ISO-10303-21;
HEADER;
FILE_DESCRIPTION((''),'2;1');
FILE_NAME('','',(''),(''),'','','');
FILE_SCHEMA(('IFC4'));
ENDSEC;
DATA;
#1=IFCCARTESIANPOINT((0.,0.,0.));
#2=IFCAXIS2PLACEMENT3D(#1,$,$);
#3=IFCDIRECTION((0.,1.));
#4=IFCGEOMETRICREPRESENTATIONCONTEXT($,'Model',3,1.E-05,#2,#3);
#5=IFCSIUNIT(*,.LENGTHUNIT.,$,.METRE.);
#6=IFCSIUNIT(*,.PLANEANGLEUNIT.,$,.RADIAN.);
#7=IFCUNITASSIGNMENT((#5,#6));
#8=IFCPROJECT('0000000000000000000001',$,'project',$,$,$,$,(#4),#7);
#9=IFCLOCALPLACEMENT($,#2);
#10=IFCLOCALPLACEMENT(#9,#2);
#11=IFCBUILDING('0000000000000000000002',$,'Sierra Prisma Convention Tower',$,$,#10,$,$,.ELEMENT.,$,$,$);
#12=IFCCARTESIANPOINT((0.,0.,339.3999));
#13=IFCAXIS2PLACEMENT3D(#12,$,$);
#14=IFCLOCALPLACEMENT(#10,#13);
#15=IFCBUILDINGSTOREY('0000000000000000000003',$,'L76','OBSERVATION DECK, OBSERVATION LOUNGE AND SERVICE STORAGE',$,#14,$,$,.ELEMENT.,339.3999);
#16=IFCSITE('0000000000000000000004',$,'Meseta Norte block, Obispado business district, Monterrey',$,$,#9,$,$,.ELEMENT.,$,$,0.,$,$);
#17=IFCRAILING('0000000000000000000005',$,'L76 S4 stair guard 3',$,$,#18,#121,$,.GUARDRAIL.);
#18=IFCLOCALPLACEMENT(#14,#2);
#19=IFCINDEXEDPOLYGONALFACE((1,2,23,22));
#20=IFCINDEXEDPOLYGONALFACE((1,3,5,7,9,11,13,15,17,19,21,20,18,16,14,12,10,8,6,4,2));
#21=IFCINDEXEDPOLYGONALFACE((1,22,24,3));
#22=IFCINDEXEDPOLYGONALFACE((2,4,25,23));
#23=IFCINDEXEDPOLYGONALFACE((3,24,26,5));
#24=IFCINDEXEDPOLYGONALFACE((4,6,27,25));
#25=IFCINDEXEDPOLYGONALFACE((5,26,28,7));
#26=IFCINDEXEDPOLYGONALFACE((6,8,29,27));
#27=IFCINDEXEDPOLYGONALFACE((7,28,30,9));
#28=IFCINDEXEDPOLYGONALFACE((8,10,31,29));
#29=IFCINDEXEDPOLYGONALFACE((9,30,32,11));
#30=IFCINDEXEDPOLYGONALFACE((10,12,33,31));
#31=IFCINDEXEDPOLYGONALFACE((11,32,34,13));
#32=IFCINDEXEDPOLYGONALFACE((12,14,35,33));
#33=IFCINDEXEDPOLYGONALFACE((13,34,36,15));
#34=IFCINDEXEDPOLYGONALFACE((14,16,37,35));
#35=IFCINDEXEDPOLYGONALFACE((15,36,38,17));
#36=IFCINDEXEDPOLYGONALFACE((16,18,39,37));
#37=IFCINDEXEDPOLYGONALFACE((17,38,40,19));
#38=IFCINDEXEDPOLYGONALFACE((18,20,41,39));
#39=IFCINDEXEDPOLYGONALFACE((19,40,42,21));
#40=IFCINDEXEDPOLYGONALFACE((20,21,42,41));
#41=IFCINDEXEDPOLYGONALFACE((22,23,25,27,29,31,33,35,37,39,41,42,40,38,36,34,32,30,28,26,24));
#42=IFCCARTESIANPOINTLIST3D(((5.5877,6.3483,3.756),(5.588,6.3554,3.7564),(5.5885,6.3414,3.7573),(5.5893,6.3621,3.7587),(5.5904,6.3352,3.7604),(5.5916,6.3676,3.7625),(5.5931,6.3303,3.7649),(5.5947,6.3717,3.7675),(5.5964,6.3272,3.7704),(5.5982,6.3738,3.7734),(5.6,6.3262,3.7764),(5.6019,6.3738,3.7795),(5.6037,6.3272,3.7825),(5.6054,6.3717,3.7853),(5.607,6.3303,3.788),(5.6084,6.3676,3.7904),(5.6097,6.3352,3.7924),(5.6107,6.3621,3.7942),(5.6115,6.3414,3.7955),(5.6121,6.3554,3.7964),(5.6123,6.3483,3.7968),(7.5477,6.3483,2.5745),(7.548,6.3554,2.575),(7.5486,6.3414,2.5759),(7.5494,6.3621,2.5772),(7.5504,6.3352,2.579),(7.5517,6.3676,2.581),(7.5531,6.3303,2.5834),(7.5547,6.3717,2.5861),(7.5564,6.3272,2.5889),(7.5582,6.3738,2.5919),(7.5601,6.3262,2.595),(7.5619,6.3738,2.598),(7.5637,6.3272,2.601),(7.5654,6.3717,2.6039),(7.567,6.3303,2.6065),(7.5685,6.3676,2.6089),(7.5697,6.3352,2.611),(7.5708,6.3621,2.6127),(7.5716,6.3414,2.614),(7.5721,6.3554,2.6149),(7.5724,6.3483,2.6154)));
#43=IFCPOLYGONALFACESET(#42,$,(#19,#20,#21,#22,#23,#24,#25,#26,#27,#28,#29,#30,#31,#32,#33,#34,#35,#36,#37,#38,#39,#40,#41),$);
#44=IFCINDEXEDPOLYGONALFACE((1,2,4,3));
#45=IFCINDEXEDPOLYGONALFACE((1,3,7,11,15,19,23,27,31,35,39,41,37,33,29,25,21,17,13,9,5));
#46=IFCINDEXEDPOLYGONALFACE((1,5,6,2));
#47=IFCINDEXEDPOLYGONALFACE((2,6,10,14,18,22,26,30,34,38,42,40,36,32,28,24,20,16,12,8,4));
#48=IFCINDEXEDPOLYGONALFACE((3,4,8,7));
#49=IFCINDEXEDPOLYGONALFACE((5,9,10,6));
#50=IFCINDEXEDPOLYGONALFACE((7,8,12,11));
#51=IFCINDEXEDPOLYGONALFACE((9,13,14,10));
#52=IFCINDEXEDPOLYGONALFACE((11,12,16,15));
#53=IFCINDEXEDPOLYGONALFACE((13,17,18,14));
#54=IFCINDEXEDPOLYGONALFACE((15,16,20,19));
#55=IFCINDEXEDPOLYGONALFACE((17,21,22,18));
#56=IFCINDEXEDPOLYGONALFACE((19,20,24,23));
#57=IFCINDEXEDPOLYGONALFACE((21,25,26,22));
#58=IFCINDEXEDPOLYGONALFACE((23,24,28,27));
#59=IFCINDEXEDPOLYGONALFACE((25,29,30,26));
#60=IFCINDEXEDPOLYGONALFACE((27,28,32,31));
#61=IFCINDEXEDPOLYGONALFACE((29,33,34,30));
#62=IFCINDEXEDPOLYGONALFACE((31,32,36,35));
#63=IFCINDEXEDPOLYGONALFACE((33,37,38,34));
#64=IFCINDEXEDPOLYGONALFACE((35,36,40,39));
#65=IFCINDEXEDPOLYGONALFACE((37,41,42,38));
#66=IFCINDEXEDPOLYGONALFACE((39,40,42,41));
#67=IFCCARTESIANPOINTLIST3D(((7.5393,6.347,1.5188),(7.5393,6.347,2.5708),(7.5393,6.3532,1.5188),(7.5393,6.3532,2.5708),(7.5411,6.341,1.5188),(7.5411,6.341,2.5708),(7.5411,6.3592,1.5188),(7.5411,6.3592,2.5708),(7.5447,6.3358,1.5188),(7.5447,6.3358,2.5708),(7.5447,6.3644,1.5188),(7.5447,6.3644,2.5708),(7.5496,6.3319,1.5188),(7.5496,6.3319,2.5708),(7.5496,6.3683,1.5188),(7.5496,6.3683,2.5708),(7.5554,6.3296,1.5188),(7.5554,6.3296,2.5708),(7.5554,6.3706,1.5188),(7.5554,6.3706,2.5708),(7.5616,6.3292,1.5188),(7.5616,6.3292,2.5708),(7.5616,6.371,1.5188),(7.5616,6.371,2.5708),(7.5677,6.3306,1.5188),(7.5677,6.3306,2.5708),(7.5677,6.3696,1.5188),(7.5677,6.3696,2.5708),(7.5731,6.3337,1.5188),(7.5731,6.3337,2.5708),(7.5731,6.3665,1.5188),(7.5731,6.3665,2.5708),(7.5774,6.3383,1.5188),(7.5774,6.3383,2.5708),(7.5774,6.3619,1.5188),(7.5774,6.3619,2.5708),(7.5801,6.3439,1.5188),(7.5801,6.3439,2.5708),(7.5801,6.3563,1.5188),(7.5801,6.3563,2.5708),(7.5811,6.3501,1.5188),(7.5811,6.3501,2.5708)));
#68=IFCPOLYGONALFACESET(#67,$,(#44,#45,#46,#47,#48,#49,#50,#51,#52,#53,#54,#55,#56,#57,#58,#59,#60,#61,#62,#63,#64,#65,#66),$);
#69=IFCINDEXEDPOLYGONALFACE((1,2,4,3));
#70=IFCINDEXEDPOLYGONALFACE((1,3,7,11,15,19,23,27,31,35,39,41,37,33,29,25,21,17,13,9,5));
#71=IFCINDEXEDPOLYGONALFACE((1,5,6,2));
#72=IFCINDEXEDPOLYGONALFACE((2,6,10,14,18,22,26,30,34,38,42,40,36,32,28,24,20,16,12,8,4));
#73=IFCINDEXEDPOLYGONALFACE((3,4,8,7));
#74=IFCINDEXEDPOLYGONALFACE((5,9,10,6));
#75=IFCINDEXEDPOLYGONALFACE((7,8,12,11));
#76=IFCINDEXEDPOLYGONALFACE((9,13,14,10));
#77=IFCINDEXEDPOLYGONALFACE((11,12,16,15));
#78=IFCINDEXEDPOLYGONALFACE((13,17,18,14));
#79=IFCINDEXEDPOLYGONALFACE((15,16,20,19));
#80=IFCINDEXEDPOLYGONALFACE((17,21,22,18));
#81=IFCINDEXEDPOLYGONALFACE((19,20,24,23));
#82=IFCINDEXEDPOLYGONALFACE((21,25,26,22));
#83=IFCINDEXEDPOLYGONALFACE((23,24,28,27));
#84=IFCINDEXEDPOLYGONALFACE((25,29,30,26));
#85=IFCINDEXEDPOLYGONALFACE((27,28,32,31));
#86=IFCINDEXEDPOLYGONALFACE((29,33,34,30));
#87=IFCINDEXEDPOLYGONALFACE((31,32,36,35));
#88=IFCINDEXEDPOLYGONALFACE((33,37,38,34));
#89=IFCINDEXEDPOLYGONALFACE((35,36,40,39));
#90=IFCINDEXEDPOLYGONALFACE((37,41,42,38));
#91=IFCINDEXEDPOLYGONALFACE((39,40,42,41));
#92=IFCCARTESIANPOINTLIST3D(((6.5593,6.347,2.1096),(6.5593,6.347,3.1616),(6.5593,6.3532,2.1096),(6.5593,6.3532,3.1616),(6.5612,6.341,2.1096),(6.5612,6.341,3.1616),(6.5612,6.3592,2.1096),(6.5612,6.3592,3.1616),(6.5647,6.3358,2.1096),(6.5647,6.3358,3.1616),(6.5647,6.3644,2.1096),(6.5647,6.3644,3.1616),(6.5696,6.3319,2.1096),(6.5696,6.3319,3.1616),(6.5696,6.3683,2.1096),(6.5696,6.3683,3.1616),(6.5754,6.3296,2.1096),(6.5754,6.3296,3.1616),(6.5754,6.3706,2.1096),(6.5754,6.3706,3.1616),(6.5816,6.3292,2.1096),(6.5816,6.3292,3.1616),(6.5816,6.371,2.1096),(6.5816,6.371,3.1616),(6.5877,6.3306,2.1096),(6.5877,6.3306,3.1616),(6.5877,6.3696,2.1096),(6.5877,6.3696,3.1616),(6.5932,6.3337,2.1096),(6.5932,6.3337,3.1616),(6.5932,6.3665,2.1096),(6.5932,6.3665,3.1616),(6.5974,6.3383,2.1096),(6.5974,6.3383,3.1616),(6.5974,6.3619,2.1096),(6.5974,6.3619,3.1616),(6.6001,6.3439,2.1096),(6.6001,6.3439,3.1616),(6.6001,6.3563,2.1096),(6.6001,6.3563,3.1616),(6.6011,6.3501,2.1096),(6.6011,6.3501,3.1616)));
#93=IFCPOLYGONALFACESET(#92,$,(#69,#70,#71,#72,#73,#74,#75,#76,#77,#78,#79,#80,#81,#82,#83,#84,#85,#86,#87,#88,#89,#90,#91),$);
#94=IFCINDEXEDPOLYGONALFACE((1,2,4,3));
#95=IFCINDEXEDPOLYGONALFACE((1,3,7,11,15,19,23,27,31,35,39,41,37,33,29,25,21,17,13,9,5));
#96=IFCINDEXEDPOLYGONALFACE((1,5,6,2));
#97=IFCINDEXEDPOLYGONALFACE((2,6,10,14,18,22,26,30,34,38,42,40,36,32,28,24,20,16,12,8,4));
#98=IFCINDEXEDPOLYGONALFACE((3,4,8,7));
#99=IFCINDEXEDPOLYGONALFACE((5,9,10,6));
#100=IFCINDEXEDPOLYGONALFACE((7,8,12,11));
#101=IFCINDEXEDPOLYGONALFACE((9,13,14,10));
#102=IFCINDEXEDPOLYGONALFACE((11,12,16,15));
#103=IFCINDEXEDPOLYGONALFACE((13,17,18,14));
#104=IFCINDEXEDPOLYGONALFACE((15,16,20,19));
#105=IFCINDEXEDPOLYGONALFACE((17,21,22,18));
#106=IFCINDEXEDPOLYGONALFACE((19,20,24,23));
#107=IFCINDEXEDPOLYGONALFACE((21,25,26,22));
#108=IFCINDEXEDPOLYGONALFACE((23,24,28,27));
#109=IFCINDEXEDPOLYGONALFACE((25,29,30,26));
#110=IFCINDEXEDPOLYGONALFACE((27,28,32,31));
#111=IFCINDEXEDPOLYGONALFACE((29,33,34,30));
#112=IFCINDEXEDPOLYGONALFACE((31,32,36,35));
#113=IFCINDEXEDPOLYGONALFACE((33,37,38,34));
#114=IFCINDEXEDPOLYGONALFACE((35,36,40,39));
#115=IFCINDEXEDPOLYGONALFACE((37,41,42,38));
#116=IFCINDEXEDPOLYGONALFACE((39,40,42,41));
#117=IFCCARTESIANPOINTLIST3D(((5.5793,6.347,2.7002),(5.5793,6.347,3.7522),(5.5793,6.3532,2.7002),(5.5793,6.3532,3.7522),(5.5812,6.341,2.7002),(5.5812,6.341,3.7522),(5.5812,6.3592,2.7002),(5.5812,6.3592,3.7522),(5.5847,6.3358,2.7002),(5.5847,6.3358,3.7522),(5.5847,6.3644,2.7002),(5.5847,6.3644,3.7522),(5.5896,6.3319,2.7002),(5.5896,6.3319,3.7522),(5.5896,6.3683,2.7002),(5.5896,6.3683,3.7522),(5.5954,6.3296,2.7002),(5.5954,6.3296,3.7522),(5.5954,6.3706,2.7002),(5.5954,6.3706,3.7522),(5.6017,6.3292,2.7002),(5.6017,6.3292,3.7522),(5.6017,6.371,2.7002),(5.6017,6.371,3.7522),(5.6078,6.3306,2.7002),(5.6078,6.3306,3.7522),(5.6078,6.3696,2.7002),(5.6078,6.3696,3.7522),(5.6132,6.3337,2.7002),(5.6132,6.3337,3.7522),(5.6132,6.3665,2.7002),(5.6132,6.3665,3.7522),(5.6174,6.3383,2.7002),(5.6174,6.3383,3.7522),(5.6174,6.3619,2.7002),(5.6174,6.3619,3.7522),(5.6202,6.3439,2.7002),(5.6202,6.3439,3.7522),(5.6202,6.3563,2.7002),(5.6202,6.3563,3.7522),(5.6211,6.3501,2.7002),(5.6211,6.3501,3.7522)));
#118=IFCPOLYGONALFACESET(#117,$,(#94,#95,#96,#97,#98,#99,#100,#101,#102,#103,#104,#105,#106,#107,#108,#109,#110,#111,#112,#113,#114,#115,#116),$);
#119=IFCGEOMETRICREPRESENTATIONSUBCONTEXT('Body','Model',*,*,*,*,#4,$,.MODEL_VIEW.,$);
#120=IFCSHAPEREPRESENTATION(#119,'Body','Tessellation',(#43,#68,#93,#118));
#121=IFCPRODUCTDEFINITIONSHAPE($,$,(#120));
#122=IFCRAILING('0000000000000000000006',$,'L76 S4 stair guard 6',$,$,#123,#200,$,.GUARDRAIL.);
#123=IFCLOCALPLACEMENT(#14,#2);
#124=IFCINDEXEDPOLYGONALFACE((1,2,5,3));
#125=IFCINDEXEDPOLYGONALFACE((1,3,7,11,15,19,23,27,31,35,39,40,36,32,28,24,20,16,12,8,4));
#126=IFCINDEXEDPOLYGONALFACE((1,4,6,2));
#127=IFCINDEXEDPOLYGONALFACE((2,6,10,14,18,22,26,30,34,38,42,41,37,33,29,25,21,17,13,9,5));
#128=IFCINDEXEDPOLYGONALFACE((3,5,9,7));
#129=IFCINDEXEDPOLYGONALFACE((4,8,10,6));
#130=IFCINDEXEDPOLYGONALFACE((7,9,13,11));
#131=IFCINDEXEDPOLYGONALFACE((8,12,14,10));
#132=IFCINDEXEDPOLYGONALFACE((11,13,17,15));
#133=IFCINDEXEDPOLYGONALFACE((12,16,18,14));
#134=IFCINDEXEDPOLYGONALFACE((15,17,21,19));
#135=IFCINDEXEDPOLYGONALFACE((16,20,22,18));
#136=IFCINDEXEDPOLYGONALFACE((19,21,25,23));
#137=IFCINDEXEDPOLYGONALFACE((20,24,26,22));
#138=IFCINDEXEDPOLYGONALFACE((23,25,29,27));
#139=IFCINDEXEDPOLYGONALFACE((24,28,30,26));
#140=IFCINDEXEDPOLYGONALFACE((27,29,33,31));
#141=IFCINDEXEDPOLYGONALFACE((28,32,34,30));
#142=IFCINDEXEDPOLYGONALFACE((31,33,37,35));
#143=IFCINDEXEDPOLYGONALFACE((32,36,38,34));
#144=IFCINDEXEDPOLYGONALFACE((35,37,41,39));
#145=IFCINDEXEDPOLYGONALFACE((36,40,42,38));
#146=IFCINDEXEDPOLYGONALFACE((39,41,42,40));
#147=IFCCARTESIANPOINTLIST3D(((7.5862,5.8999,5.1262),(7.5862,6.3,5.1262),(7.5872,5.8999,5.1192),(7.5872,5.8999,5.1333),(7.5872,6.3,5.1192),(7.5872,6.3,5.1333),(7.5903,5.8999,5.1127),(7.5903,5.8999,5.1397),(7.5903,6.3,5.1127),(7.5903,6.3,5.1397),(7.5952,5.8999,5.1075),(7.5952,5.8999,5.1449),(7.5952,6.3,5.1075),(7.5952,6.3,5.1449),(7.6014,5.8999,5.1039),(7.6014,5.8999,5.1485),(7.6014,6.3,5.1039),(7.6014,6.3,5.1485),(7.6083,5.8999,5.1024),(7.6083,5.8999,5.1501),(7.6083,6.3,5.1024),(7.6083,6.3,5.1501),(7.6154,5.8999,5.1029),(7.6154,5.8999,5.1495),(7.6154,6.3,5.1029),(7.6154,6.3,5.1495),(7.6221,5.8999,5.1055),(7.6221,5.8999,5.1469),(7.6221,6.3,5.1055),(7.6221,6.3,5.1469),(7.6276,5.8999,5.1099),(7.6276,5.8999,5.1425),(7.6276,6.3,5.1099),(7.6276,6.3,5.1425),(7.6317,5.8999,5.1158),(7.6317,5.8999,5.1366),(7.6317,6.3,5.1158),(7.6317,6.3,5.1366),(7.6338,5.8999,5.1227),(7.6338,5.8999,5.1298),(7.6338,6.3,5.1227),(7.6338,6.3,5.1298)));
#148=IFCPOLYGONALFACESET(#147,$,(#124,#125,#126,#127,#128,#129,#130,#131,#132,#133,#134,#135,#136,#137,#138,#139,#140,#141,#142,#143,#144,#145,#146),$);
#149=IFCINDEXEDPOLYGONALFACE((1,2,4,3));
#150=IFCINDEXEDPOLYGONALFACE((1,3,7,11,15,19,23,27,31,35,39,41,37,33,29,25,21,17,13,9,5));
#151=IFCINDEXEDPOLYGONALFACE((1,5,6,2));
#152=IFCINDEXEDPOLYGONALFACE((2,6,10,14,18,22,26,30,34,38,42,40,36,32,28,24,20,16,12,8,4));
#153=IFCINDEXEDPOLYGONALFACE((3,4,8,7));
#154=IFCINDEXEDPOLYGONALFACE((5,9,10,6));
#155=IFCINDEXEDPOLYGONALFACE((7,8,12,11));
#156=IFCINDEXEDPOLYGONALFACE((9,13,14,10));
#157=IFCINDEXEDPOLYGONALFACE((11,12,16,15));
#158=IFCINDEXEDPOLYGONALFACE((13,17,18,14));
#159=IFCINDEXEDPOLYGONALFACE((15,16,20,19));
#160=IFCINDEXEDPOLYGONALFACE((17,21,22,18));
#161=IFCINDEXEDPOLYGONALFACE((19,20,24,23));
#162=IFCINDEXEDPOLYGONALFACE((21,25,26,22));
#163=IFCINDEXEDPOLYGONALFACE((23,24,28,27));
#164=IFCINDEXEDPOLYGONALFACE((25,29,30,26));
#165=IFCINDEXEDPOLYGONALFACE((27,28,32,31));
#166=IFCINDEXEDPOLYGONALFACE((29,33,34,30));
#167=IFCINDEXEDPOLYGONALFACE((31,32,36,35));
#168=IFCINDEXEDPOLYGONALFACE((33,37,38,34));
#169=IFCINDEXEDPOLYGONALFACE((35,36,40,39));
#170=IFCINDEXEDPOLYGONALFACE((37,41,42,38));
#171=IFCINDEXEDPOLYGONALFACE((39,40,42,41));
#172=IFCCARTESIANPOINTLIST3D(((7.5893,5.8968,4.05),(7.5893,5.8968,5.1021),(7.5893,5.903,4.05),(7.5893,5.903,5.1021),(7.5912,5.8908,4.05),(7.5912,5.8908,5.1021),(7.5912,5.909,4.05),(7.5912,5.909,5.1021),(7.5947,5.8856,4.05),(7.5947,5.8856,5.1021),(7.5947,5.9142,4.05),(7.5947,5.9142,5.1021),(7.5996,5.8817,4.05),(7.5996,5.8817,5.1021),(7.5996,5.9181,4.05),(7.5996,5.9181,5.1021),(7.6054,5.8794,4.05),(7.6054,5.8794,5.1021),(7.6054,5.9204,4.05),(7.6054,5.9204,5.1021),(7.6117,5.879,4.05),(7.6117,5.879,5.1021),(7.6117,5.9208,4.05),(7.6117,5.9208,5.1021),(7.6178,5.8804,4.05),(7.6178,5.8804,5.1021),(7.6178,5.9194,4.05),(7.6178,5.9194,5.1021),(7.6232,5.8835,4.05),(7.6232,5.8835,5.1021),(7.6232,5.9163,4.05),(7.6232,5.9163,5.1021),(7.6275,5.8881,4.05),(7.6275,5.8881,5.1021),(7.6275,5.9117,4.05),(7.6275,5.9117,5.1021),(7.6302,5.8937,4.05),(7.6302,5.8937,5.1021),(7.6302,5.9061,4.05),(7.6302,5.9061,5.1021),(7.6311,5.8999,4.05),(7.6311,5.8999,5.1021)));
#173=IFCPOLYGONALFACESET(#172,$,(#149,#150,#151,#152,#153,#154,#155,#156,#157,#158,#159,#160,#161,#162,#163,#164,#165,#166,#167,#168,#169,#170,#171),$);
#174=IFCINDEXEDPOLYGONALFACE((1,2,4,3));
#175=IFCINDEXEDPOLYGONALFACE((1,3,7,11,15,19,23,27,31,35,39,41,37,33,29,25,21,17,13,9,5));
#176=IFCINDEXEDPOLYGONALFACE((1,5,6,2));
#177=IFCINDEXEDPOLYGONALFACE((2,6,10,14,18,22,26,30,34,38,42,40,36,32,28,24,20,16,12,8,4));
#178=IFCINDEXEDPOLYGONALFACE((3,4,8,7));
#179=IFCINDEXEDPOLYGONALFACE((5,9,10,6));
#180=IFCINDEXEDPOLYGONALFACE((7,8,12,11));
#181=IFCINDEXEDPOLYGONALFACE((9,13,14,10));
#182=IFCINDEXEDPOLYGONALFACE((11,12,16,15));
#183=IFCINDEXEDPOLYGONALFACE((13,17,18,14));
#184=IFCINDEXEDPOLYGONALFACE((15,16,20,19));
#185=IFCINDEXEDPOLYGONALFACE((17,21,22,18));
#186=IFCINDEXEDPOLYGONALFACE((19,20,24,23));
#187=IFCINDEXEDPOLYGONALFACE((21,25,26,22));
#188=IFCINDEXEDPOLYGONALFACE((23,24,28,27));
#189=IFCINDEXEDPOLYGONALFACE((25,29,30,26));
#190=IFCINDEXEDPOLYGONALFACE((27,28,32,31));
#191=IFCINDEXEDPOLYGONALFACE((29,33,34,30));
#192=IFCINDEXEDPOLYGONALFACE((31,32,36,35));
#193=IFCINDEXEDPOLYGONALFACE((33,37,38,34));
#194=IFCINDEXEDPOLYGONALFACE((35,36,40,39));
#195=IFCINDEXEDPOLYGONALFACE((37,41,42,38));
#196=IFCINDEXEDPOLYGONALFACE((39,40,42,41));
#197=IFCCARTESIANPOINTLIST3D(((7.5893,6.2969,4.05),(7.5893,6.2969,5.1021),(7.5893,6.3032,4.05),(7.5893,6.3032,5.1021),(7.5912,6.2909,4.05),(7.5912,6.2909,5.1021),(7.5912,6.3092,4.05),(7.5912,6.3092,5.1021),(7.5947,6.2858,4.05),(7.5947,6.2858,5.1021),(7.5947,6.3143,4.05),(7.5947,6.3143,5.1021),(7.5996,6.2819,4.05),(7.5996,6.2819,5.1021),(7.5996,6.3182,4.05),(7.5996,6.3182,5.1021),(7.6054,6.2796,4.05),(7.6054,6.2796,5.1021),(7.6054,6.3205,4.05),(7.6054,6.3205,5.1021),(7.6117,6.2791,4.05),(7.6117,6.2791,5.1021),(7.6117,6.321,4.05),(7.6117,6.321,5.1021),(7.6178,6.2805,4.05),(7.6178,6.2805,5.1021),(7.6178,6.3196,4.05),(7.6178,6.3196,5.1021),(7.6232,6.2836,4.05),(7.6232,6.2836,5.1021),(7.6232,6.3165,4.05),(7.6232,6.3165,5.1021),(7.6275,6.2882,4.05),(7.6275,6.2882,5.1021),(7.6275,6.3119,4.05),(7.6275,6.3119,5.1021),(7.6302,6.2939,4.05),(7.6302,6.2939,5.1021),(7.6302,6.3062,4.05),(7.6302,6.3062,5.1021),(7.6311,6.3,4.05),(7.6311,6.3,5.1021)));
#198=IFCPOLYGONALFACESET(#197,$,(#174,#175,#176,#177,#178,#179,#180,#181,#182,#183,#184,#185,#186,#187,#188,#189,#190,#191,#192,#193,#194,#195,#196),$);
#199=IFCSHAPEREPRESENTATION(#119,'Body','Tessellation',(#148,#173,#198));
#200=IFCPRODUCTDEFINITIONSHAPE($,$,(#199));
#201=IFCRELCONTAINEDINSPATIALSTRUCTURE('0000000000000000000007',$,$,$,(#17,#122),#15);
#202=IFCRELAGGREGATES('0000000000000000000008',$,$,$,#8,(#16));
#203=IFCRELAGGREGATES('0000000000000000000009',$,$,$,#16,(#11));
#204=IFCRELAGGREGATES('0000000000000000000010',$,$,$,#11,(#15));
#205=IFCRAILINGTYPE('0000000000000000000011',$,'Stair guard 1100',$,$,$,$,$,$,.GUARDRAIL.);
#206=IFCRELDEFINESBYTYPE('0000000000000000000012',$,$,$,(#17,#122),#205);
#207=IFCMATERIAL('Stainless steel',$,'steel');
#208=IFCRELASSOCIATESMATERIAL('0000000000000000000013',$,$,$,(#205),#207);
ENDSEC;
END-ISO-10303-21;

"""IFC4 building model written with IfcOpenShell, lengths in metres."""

from ifc_helpers import new_model, si_unit, direction, frame, origin, origin_2d, place, context, subcontext, project, spatial, circle, extrude, material, type_object, element, save


model = new_model("IFC4")

# Units and contexts
model_context = context("Model", 3, precision=1e-05, world=origin(), true_north=direction((0.0, 1.0)))
body_context = subcontext(model_context, "Body", "Model", "MODEL_VIEW")
ifc_project = project(units=[si_unit("LENGTHUNIT", "METRE"), si_unit("PLANEANGLEUNIT", "RADIAN")], contexts=[model_context])

# Site, building, storey
site_placement = place(None, origin())
site = spatial("IfcSite", under=ifc_project, at=site_placement, Name="Meseta Norte block, Obispado business district, Monterrey", CompositionType="ELEMENT", RefElevation=0.0)
building_placement = place(site_placement, origin())
building = spatial("IfcBuilding", under=site, at=building_placement, Name="Sierra Prisma Convention Tower", CompositionType="ELEMENT")
storey_placement = place(building_placement, frame((0.0, 0.0, 339.3999)))
storey = spatial("IfcBuildingStorey", under=building, at=storey_placement, Name="L76", Description="OBSERVATION DECK, OBSERVATION LOUNGE AND SERVICE STORAGE", CompositionType="ELEMENT", Elevation=339.3999)

# Railings
ifc_material_1 = material(Name="Stainless steel", Category="steel")
railing_type_1 = type_object("IfcRailingType", Name="Stair guard 1100", PredefinedType="GUARDRAIL", material=ifc_material_1)
railing_1_placement = place(storey_placement, frame((7.5601, 6.3501, 1.5188)))
element("IfcRailing", 1, at=railing_1_placement, inside=storey, type_object=railing_type_1, Name="L76 S4 stair guard 3", PredefinedType="GUARDRAIL", context=body_context, shape_type="SweptSolid", body=[
    extrude(circle(Radius=0.0239, at=origin_2d()), frame((0.0, 0.0, 1.0762), z_axis=(-0.856446, 0.0, 0.516236), x_axis=(0.0, -1.0, 0.0)), (0.0, 0.0, 1.0), 2.2886),
    extrude(circle(Radius=0.021, at=origin_2d()), origin(), (0.0, 0.0, 1.0), 1.052),
    extrude(circle(Radius=0.021, at=origin_2d()), frame((-0.98, 0.0, 0.5908)), (0.0, 0.0, 1.0), 1.052),
    extrude(circle(Radius=0.021, at=origin_2d()), frame((-1.96, 0.0, 1.1814)), (0.0, 0.0, 1.0), 1.052),
])
railing_2_placement = place(storey_placement, frame((7.6101, 5.8999, 4.05)))
element("IfcRailing", 2, at=railing_2_placement, inside=storey, type_object=railing_type_1, Name="L76 S4 stair guard 6", PredefinedType="GUARDRAIL", context=body_context, shape_type="SweptSolid", body=[
    extrude(circle(Radius=0.0239, at=origin_2d()), frame((0.0, 0.0, 1.0762), z_axis=(0.0, 1.0, 0.0), x_axis=(-1.0, 0.0, 0.0)), (0.0, 0.0, 1.0), 0.4001),
    extrude(circle(Radius=0.021, at=origin_2d()), origin(), (0.0, 0.0, 1.0), 1.052),
    extrude(circle(Radius=0.021, at=origin_2d()), frame((0.0, 0.4001, 0.0)), (0.0, 0.0, 1.0), 1.052),
])

save(model, "model.ifc")
